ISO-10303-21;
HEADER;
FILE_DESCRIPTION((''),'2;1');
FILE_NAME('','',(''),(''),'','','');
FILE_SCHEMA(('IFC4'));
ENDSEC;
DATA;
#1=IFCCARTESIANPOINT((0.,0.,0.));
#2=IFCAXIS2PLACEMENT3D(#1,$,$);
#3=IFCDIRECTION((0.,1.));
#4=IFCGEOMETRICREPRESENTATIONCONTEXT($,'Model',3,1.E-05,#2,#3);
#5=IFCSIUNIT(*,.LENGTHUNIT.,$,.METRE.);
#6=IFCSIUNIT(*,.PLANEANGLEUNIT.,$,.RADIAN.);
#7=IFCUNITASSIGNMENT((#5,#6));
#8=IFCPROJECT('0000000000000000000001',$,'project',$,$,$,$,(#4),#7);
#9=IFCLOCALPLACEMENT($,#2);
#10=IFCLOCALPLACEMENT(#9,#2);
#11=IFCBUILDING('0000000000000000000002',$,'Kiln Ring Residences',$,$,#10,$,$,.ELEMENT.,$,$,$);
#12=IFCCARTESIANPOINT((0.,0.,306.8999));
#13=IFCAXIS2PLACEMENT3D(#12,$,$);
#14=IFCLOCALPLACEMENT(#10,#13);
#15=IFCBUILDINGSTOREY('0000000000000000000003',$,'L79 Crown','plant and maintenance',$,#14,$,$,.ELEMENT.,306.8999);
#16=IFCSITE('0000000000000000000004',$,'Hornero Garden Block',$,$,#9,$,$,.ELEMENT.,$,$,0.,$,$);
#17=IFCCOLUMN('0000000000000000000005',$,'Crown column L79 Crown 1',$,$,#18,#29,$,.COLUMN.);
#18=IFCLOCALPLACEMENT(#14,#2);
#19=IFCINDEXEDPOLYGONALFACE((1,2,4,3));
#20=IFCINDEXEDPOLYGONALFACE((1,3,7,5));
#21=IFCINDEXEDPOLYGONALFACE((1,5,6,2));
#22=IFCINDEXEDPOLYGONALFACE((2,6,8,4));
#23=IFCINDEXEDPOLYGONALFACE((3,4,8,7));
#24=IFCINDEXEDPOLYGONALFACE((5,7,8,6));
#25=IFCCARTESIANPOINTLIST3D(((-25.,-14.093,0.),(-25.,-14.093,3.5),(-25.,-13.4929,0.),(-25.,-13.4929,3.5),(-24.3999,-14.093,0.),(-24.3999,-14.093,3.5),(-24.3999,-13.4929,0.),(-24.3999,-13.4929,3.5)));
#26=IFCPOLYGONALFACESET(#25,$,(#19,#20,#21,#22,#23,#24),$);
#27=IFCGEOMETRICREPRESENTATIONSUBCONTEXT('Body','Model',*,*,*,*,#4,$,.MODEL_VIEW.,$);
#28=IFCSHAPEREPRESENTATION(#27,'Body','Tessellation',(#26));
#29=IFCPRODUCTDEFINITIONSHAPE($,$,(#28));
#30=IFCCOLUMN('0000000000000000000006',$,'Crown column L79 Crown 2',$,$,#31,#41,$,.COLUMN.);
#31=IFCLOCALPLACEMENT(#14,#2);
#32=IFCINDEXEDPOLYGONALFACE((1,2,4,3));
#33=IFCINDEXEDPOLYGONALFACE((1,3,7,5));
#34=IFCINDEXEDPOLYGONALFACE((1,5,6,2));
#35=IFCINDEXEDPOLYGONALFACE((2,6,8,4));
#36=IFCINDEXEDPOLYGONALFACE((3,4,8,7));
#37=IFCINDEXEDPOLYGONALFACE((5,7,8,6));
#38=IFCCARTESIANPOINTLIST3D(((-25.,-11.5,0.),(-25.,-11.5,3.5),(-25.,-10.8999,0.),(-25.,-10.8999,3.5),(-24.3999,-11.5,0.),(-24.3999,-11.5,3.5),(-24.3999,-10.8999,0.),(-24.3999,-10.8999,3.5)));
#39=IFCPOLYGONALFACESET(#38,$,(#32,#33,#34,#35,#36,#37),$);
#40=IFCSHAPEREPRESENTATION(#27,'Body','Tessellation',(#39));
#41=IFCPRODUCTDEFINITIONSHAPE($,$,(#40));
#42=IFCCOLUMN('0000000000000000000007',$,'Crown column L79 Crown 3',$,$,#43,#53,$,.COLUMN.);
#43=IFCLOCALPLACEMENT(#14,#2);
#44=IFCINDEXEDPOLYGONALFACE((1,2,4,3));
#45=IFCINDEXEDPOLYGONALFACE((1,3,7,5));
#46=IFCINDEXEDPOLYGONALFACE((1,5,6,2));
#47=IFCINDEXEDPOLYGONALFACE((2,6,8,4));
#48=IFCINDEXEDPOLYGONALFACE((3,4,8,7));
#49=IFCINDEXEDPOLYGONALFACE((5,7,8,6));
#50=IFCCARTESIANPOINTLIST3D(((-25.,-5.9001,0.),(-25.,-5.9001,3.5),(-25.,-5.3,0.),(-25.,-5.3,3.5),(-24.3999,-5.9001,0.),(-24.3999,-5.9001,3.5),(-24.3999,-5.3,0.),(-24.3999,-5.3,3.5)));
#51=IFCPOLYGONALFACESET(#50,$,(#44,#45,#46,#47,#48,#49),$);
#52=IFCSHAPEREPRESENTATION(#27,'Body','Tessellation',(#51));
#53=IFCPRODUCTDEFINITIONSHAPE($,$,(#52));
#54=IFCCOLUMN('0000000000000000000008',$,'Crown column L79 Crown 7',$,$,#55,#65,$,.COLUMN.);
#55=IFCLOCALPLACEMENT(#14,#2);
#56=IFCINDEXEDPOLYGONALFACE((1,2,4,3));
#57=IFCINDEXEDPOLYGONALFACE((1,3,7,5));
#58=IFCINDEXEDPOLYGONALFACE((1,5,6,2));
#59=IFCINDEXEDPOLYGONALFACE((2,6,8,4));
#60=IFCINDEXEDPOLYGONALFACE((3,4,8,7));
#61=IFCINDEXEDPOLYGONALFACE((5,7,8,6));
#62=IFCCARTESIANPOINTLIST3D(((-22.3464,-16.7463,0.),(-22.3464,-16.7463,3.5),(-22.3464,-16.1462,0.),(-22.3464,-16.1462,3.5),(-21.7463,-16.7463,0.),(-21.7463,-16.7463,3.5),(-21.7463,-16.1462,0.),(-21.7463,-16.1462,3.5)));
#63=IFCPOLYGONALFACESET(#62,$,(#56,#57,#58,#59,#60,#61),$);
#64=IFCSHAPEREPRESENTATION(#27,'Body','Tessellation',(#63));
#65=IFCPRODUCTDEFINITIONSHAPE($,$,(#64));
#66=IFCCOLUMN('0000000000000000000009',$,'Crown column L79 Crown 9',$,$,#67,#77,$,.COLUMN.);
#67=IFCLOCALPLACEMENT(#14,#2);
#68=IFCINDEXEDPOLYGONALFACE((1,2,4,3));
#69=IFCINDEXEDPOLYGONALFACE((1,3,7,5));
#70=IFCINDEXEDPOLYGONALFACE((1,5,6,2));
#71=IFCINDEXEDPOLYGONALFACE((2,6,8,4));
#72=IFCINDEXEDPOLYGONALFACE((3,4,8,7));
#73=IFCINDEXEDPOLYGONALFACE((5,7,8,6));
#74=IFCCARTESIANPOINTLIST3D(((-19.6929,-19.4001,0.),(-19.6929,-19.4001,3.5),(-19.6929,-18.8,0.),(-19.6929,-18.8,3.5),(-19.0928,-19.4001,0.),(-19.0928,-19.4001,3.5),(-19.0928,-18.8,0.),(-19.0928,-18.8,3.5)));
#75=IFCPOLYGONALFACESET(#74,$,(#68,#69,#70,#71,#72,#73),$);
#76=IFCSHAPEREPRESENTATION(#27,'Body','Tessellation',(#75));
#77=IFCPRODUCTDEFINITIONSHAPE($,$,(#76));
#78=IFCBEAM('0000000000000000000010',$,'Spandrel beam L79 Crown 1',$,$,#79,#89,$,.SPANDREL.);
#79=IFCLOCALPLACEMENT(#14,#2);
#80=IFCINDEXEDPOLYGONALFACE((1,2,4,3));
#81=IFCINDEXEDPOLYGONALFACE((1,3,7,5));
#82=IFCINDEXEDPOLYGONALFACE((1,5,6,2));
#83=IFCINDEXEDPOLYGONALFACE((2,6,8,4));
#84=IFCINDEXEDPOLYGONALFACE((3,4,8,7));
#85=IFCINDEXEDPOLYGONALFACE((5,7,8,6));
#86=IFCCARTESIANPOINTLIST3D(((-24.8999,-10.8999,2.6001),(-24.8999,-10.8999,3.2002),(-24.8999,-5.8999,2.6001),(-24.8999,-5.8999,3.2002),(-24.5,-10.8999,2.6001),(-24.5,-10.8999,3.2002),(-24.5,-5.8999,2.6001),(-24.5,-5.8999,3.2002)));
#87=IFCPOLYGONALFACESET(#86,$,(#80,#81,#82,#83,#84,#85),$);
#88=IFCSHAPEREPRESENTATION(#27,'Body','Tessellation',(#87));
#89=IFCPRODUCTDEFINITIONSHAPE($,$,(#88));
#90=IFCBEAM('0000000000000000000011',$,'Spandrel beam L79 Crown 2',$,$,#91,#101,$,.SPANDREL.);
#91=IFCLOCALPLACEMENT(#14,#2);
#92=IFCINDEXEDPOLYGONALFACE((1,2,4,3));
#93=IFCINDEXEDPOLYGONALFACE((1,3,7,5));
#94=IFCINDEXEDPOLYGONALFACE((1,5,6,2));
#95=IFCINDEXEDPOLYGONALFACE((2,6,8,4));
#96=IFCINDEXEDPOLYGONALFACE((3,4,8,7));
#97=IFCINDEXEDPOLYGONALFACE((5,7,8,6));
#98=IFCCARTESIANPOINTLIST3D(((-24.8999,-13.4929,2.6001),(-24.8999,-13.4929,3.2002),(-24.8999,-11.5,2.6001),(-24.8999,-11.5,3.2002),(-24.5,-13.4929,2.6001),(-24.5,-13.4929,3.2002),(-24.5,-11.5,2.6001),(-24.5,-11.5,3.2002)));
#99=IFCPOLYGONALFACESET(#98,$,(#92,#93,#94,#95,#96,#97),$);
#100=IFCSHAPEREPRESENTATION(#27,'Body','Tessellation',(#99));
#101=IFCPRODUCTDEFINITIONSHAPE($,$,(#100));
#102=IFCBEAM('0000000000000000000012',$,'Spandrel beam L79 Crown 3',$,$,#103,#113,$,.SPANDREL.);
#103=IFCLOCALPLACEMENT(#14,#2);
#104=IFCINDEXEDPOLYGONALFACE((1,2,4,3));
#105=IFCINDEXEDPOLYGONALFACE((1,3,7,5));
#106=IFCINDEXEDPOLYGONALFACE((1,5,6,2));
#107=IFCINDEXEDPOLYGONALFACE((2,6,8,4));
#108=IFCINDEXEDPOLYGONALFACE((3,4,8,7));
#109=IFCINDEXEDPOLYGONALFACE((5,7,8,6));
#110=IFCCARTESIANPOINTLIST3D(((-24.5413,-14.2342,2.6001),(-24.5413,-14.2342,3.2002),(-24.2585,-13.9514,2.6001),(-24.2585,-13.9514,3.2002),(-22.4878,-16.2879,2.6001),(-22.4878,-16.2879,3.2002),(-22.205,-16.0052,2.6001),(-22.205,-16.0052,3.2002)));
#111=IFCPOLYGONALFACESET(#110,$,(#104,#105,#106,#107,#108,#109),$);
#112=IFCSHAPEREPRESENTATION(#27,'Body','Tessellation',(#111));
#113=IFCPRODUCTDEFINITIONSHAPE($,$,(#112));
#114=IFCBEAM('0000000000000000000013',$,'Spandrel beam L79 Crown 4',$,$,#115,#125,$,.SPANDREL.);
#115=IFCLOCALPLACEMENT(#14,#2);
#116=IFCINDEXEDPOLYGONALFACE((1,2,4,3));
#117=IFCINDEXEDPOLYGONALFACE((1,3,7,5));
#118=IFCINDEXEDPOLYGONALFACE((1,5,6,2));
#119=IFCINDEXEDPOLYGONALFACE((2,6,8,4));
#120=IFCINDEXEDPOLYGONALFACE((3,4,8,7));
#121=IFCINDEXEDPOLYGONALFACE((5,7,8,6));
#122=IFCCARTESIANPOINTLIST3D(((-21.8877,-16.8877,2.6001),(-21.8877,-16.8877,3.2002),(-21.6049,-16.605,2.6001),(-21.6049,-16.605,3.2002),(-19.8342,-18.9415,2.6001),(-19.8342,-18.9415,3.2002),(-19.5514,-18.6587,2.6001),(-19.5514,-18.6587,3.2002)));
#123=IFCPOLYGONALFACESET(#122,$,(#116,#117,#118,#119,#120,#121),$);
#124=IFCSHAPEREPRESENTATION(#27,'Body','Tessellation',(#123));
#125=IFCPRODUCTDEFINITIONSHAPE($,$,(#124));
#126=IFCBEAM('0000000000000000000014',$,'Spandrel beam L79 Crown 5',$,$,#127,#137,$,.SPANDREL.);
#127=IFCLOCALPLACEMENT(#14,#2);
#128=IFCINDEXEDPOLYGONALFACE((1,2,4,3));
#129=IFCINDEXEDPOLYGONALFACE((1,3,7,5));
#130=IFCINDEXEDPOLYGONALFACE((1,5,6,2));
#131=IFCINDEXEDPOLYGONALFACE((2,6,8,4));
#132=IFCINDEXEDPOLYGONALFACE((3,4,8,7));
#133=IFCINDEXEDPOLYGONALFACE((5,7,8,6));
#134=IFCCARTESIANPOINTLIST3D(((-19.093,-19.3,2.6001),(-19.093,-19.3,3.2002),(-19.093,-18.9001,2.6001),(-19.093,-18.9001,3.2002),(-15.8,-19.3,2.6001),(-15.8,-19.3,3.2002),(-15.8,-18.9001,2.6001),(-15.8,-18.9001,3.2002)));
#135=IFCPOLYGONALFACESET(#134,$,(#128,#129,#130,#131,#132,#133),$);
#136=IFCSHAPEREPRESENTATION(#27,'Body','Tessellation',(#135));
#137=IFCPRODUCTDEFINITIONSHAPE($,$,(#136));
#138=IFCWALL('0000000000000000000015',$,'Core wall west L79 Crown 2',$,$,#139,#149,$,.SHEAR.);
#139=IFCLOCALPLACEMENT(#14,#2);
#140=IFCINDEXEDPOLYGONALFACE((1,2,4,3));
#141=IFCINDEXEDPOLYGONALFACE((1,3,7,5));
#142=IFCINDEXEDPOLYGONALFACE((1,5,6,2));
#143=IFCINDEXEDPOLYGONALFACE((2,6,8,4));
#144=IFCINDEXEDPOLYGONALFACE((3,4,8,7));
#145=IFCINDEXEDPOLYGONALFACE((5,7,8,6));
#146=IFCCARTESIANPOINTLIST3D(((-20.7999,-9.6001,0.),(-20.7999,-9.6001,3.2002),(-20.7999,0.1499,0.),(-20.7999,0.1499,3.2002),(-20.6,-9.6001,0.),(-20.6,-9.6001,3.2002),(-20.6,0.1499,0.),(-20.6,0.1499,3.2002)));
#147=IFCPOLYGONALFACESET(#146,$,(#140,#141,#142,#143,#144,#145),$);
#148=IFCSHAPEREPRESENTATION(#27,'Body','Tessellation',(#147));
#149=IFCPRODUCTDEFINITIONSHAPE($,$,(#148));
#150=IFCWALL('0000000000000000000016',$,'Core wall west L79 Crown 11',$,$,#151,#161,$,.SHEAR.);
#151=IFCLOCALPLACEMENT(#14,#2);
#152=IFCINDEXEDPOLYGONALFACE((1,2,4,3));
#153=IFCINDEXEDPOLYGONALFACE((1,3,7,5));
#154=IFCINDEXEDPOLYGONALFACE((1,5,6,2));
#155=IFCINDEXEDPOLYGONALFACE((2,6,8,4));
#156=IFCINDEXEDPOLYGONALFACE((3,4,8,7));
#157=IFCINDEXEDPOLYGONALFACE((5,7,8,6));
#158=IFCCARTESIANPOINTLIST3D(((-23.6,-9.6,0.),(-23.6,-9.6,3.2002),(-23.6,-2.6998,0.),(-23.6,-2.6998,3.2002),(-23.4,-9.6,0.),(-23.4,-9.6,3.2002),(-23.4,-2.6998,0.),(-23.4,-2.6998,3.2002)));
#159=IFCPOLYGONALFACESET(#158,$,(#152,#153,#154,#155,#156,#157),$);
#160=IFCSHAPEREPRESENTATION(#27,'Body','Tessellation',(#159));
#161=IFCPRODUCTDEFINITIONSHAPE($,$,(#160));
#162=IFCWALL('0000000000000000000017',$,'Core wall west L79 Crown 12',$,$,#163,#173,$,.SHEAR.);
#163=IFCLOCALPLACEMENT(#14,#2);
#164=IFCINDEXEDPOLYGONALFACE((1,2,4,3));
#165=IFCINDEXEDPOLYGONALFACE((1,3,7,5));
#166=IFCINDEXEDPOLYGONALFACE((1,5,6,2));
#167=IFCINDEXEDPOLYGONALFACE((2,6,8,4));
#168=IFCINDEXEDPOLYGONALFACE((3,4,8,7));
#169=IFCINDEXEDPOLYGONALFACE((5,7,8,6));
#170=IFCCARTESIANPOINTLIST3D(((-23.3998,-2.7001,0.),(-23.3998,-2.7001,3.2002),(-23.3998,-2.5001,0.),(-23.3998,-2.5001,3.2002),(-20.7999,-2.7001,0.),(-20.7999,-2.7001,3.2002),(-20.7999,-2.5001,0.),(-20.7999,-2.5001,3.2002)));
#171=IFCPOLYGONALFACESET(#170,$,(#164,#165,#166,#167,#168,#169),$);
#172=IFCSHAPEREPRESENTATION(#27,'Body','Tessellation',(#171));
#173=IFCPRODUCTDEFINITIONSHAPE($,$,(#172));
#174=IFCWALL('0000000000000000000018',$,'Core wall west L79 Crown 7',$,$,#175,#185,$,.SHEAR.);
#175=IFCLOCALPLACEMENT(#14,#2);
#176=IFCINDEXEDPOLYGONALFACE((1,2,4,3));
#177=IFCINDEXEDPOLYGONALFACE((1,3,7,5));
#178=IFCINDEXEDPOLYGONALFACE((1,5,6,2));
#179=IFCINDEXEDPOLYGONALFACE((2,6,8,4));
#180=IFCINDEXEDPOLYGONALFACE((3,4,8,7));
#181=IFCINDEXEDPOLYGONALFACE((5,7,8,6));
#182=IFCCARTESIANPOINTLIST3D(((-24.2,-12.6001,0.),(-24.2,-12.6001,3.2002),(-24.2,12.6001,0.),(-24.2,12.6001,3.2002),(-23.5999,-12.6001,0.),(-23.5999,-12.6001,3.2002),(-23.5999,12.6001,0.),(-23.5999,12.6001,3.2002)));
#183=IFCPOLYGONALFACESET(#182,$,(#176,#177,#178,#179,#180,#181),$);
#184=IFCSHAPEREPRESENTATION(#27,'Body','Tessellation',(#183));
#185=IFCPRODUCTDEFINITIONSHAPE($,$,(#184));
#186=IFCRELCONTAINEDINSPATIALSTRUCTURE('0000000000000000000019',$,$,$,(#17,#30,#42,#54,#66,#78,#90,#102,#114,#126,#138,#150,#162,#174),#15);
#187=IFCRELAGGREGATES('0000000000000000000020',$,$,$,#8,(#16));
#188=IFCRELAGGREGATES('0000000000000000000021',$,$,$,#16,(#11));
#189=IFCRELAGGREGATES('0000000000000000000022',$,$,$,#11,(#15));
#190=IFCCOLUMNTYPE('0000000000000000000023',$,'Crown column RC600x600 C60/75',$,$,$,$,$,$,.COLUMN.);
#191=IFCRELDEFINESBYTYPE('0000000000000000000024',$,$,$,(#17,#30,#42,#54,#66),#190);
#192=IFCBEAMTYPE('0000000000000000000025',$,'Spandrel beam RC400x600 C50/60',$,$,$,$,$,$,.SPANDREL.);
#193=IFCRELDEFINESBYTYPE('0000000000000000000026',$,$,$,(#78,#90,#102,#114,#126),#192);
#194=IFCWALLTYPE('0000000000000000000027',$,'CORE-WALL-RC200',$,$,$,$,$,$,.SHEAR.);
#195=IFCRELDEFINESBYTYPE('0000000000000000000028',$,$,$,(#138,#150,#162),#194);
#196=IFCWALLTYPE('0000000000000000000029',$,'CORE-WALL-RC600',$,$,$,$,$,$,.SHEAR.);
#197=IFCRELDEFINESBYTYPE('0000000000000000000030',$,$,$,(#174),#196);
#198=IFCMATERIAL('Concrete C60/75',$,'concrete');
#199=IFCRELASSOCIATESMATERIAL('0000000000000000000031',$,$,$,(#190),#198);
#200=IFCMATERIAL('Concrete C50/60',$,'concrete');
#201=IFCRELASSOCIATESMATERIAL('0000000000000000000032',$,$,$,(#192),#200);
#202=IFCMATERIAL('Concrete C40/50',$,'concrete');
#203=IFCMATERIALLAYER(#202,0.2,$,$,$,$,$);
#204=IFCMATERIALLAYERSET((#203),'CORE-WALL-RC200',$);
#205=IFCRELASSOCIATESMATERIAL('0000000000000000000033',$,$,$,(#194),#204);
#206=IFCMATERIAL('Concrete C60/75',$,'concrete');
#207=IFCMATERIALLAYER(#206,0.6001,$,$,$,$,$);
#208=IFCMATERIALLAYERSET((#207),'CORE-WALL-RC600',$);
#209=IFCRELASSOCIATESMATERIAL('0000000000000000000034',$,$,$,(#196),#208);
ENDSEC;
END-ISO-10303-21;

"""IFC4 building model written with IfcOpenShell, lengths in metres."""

from ifc_helpers import new_model, si_unit, direction, frame, frame_2d, origin, origin_2d, place, context, subcontext, project, spatial, rectangle, extrude, material, layer, layer_set, material_profile, profile_set, type_object, element, save


model = new_model("IFC4")

# Units and contexts
model_context = context("Model", 3, precision=1e-05, world=origin(), true_north=direction((0.0, 1.0)))
body_context = subcontext(model_context, "Body", "Model", "MODEL_VIEW")
ifc_project = project(units=[si_unit("LENGTHUNIT", "METRE"), si_unit("PLANEANGLEUNIT", "RADIAN")], contexts=[model_context])

# Site, building, storey
site_placement = place(None, origin())
site = spatial("IfcSite", under=ifc_project, at=site_placement, Name="Hornero Garden Block", CompositionType="ELEMENT", RefElevation=0.0)
building_placement = place(site_placement, origin())
building = spatial("IfcBuilding", under=site, at=building_placement, Name="Kiln Ring Residences", CompositionType="ELEMENT")
storey_placement = place(building_placement, frame((0.0, 0.0, 306.8999)))
storey = spatial("IfcBuildingStorey", under=building, at=storey_placement, Name="L79 Crown", Description="plant and maintenance", CompositionType="ELEMENT", Elevation=306.8999)

# Columns
ifc_material_1 = material(Name="Concrete C60/75", Category="concrete")
ifc_material_profile_1 = material_profile(ifc_material_1, rectangle(XDim=0.6001, YDim=0.6001, at=origin_2d()), Name="RC600x600")
ifc_profile_set_1 = profile_set([ifc_material_profile_1], Name="Concrete C60/75")
column_type = type_object("IfcColumnType", Name="Crown column RC600x600 C60/75", PredefinedType="COLUMN", material=ifc_profile_set_1)
for number, where, z_axis, x_axis, name in (
    (1, (-24.7, -13.793, 0.0), (0.0, 0.0, 1.0), (1.0, 0.0, 0.0), "Crown column L79 Crown 1"),
    (2, (-24.7, -11.2, 0.0), (0.0, 0.0, 1.0), (1.0, 0.0, 0.0), "Crown column L79 Crown 2"),
    (3, (-24.7, -5.6001, 0.0), (0.0, 0.0, 1.0), (1.0, 0.0, 0.0), "Crown column L79 Crown 3"),
    (4, (-22.0464, -16.4463, 0.0), (0.0, 0.0, 1.0), (1.0, 0.0, 0.0), "Crown column L79 Crown 7"),
    (5, (-19.3928, -19.1001, 0.0), (0.0, 0.0, 1.0), (1.0, 0.0, 0.0), "Crown column L79 Crown 9"),
):
    element("IfcColumn", number, at=place(storey_placement, frame(where, z_axis=z_axis, x_axis=x_axis)), inside=storey, type_object=column_type, Name=name, PredefinedType="COLUMN", context=body_context, shape_type="SweptSolid", body=[
        extrude(rectangle(XDim=0.6001, YDim=0.6001, at=origin_2d()), origin(), (0.0, 0.0, 1.0), 3.5),
    ])

# Beams
ifc_material_2 = material(Name="Concrete C50/60", Category="concrete")
ifc_material_profile_2 = material_profile(ifc_material_2, rectangle(XDim=0.3999, YDim=0.6001, at=origin_2d()), Name="RC400x600")
ifc_profile_set_2 = profile_set([ifc_material_profile_2], Name="Concrete C50/60")
beam_type = type_object("IfcBeamType", Name="Spandrel beam RC400x600 C50/60", PredefinedType="SPANDREL", material=ifc_profile_set_2)
beam_1_placement = place(storey_placement, frame((-24.7, -5.8999, 2.9001), z_axis=(0.0, -1.0, 0.0), x_axis=(1.0, 0.0, 0.0)))
element("IfcBeam", 6, at=beam_1_placement, inside=storey, type_object=beam_type, Name="Spandrel beam L79 Crown 1", PredefinedType="SPANDREL", context=body_context, shape_type="SweptSolid", body=[
    extrude(rectangle(XDim=0.3999, YDim=0.6001, at=origin_2d()), origin(), (0.0, 0.0, 1.0), 5.0),
])
beam_2_placement = place(storey_placement, frame((-24.7, -11.5, 2.9001), z_axis=(0.0, -1.0, 0.0), x_axis=(1.0, 0.0, 0.0)))
element("IfcBeam", 7, at=beam_2_placement, inside=storey, type_object=beam_type, Name="Spandrel beam L79 Crown 2", PredefinedType="SPANDREL", context=body_context, shape_type="SweptSolid", body=[
    extrude(rectangle(XDim=0.3999, YDim=0.6001, at=origin_2d()), origin(), (0.0, 0.0, 1.0), 1.9929),
])
for number, where, z_axis, x_axis, name in (
    (8, (-24.3999, -14.0928, 2.9001), (0.707065, -0.707149, 0.0), (0.707149, 0.707065, 0.0), "Spandrel beam L79 Crown 3"),
    (9, (-21.7463, -16.7463, 2.9001), (0.707065, -0.707149, 0.0), (0.707149, 0.707065, 0.0), "Spandrel beam L79 Crown 4"),
):
    element("IfcBeam", number, at=place(storey_placement, frame(where, z_axis=z_axis, x_axis=x_axis)), inside=storey, type_object=beam_type, Name=name, PredefinedType="SPANDREL", context=body_context, shape_type="SweptSolid", body=[
        extrude(rectangle(XDim=0.3999, YDim=0.6001, at=origin_2d()), origin(), (0.0, 0.0, 1.0), 2.9043),
    ])
beam_3_placement = place(storey_placement, frame((-19.093, -19.1001, 2.9001), z_axis=(1.0, 0.0, 0.0), x_axis=(0.0, 1.0, 0.0)))
element("IfcBeam", 10, at=beam_3_placement, inside=storey, type_object=beam_type, Name="Spandrel beam L79 Crown 5", PredefinedType="SPANDREL", context=body_context, shape_type="SweptSolid", body=[
    extrude(rectangle(XDim=0.3999, YDim=0.6001, at=origin_2d()), origin(), (0.0, 0.0, 1.0), 3.293),
])

# Walls
ifc_material_3 = material(Name="Concrete C40/50", Category="concrete")
ifc_layer_1 = layer(ifc_material_3, 0.2)
ifc_layer_set_1 = layer_set([ifc_layer_1], Name="CORE-WALL-RC200")
wall_type_1 = type_object("IfcWallType", Name="CORE-WALL-RC200", PredefinedType="SHEAR", material=ifc_layer_set_1)
wall_1_placement = place(storey_placement, frame((-20.7, -9.6001, 0.0), z_axis=(0.0, 0.0, 1.0), x_axis=(0.0, 1.0, 0.0)))
element("IfcWall", 11, at=wall_1_placement, inside=storey, type_object=wall_type_1, Name="Core wall west L79 Crown 2", PredefinedType="SHEAR", context=body_context, shape_type="SweptSolid", body=[
    extrude(rectangle(XDim=9.75, YDim=0.2, at=frame_2d((4.875, 0.0))), origin(), (0.0, 0.0, 1.0), 3.2002),
])
wall_2_placement = place(storey_placement, frame((-23.5, -9.6001, 0.0), z_axis=(0.0, 0.0, 1.0), x_axis=(0.0, 1.0, 0.0)))
element("IfcWall", 12, at=wall_2_placement, inside=storey, type_object=wall_type_1, Name="Core wall west L79 Crown 11", PredefinedType="SHEAR", context=body_context, shape_type="SweptSolid", body=[
    extrude(rectangle(XDim=6.9001, YDim=0.2, at=frame_2d((3.4502, 0.0))), origin(), (0.0, 0.0, 1.0), 3.2002),
])
wall_3_placement = place(storey_placement, frame((-20.8, -2.6001, 0.0), z_axis=(0.0, 0.0, 1.0), x_axis=(-1.0, 0.0, 0.0)))
element("IfcWall", 13, at=wall_3_placement, inside=storey, type_object=wall_type_1, Name="Core wall west L79 Crown 12", PredefinedType="SHEAR", context=body_context, shape_type="SweptSolid", body=[
    extrude(rectangle(XDim=2.5999, YDim=0.2, at=frame_2d((1.2998, 0.0))), origin(), (0.0, 0.0, 1.0), 3.2002),
])
ifc_material_4 = material(Name="Concrete C60/75", Category="concrete")
ifc_layer_2 = layer(ifc_material_4, 0.6001)
ifc_layer_set_2 = layer_set([ifc_layer_2], Name="CORE-WALL-RC600")
wall_type_2 = type_object("IfcWallType", Name="CORE-WALL-RC600", PredefinedType="SHEAR", material=ifc_layer_set_2)
wall_4_placement = place(storey_placement, frame((-23.8999, -12.6001, 0.0), z_axis=(0.0, 0.0, 1.0), x_axis=(0.0, 1.0, 0.0)))
element("IfcWall", 14, at=wall_4_placement, inside=storey, type_object=wall_type_2, Name="Core wall west L79 Crown 7", PredefinedType="SHEAR", context=body_context, shape_type="SweptSolid", body=[
    extrude(rectangle(XDim=25.2002, YDim=0.6001, at=frame_2d((12.6001, 0.0))), origin(), (0.0, 0.0, 1.0), 3.2002),
])

save(model, "model.ifc")
